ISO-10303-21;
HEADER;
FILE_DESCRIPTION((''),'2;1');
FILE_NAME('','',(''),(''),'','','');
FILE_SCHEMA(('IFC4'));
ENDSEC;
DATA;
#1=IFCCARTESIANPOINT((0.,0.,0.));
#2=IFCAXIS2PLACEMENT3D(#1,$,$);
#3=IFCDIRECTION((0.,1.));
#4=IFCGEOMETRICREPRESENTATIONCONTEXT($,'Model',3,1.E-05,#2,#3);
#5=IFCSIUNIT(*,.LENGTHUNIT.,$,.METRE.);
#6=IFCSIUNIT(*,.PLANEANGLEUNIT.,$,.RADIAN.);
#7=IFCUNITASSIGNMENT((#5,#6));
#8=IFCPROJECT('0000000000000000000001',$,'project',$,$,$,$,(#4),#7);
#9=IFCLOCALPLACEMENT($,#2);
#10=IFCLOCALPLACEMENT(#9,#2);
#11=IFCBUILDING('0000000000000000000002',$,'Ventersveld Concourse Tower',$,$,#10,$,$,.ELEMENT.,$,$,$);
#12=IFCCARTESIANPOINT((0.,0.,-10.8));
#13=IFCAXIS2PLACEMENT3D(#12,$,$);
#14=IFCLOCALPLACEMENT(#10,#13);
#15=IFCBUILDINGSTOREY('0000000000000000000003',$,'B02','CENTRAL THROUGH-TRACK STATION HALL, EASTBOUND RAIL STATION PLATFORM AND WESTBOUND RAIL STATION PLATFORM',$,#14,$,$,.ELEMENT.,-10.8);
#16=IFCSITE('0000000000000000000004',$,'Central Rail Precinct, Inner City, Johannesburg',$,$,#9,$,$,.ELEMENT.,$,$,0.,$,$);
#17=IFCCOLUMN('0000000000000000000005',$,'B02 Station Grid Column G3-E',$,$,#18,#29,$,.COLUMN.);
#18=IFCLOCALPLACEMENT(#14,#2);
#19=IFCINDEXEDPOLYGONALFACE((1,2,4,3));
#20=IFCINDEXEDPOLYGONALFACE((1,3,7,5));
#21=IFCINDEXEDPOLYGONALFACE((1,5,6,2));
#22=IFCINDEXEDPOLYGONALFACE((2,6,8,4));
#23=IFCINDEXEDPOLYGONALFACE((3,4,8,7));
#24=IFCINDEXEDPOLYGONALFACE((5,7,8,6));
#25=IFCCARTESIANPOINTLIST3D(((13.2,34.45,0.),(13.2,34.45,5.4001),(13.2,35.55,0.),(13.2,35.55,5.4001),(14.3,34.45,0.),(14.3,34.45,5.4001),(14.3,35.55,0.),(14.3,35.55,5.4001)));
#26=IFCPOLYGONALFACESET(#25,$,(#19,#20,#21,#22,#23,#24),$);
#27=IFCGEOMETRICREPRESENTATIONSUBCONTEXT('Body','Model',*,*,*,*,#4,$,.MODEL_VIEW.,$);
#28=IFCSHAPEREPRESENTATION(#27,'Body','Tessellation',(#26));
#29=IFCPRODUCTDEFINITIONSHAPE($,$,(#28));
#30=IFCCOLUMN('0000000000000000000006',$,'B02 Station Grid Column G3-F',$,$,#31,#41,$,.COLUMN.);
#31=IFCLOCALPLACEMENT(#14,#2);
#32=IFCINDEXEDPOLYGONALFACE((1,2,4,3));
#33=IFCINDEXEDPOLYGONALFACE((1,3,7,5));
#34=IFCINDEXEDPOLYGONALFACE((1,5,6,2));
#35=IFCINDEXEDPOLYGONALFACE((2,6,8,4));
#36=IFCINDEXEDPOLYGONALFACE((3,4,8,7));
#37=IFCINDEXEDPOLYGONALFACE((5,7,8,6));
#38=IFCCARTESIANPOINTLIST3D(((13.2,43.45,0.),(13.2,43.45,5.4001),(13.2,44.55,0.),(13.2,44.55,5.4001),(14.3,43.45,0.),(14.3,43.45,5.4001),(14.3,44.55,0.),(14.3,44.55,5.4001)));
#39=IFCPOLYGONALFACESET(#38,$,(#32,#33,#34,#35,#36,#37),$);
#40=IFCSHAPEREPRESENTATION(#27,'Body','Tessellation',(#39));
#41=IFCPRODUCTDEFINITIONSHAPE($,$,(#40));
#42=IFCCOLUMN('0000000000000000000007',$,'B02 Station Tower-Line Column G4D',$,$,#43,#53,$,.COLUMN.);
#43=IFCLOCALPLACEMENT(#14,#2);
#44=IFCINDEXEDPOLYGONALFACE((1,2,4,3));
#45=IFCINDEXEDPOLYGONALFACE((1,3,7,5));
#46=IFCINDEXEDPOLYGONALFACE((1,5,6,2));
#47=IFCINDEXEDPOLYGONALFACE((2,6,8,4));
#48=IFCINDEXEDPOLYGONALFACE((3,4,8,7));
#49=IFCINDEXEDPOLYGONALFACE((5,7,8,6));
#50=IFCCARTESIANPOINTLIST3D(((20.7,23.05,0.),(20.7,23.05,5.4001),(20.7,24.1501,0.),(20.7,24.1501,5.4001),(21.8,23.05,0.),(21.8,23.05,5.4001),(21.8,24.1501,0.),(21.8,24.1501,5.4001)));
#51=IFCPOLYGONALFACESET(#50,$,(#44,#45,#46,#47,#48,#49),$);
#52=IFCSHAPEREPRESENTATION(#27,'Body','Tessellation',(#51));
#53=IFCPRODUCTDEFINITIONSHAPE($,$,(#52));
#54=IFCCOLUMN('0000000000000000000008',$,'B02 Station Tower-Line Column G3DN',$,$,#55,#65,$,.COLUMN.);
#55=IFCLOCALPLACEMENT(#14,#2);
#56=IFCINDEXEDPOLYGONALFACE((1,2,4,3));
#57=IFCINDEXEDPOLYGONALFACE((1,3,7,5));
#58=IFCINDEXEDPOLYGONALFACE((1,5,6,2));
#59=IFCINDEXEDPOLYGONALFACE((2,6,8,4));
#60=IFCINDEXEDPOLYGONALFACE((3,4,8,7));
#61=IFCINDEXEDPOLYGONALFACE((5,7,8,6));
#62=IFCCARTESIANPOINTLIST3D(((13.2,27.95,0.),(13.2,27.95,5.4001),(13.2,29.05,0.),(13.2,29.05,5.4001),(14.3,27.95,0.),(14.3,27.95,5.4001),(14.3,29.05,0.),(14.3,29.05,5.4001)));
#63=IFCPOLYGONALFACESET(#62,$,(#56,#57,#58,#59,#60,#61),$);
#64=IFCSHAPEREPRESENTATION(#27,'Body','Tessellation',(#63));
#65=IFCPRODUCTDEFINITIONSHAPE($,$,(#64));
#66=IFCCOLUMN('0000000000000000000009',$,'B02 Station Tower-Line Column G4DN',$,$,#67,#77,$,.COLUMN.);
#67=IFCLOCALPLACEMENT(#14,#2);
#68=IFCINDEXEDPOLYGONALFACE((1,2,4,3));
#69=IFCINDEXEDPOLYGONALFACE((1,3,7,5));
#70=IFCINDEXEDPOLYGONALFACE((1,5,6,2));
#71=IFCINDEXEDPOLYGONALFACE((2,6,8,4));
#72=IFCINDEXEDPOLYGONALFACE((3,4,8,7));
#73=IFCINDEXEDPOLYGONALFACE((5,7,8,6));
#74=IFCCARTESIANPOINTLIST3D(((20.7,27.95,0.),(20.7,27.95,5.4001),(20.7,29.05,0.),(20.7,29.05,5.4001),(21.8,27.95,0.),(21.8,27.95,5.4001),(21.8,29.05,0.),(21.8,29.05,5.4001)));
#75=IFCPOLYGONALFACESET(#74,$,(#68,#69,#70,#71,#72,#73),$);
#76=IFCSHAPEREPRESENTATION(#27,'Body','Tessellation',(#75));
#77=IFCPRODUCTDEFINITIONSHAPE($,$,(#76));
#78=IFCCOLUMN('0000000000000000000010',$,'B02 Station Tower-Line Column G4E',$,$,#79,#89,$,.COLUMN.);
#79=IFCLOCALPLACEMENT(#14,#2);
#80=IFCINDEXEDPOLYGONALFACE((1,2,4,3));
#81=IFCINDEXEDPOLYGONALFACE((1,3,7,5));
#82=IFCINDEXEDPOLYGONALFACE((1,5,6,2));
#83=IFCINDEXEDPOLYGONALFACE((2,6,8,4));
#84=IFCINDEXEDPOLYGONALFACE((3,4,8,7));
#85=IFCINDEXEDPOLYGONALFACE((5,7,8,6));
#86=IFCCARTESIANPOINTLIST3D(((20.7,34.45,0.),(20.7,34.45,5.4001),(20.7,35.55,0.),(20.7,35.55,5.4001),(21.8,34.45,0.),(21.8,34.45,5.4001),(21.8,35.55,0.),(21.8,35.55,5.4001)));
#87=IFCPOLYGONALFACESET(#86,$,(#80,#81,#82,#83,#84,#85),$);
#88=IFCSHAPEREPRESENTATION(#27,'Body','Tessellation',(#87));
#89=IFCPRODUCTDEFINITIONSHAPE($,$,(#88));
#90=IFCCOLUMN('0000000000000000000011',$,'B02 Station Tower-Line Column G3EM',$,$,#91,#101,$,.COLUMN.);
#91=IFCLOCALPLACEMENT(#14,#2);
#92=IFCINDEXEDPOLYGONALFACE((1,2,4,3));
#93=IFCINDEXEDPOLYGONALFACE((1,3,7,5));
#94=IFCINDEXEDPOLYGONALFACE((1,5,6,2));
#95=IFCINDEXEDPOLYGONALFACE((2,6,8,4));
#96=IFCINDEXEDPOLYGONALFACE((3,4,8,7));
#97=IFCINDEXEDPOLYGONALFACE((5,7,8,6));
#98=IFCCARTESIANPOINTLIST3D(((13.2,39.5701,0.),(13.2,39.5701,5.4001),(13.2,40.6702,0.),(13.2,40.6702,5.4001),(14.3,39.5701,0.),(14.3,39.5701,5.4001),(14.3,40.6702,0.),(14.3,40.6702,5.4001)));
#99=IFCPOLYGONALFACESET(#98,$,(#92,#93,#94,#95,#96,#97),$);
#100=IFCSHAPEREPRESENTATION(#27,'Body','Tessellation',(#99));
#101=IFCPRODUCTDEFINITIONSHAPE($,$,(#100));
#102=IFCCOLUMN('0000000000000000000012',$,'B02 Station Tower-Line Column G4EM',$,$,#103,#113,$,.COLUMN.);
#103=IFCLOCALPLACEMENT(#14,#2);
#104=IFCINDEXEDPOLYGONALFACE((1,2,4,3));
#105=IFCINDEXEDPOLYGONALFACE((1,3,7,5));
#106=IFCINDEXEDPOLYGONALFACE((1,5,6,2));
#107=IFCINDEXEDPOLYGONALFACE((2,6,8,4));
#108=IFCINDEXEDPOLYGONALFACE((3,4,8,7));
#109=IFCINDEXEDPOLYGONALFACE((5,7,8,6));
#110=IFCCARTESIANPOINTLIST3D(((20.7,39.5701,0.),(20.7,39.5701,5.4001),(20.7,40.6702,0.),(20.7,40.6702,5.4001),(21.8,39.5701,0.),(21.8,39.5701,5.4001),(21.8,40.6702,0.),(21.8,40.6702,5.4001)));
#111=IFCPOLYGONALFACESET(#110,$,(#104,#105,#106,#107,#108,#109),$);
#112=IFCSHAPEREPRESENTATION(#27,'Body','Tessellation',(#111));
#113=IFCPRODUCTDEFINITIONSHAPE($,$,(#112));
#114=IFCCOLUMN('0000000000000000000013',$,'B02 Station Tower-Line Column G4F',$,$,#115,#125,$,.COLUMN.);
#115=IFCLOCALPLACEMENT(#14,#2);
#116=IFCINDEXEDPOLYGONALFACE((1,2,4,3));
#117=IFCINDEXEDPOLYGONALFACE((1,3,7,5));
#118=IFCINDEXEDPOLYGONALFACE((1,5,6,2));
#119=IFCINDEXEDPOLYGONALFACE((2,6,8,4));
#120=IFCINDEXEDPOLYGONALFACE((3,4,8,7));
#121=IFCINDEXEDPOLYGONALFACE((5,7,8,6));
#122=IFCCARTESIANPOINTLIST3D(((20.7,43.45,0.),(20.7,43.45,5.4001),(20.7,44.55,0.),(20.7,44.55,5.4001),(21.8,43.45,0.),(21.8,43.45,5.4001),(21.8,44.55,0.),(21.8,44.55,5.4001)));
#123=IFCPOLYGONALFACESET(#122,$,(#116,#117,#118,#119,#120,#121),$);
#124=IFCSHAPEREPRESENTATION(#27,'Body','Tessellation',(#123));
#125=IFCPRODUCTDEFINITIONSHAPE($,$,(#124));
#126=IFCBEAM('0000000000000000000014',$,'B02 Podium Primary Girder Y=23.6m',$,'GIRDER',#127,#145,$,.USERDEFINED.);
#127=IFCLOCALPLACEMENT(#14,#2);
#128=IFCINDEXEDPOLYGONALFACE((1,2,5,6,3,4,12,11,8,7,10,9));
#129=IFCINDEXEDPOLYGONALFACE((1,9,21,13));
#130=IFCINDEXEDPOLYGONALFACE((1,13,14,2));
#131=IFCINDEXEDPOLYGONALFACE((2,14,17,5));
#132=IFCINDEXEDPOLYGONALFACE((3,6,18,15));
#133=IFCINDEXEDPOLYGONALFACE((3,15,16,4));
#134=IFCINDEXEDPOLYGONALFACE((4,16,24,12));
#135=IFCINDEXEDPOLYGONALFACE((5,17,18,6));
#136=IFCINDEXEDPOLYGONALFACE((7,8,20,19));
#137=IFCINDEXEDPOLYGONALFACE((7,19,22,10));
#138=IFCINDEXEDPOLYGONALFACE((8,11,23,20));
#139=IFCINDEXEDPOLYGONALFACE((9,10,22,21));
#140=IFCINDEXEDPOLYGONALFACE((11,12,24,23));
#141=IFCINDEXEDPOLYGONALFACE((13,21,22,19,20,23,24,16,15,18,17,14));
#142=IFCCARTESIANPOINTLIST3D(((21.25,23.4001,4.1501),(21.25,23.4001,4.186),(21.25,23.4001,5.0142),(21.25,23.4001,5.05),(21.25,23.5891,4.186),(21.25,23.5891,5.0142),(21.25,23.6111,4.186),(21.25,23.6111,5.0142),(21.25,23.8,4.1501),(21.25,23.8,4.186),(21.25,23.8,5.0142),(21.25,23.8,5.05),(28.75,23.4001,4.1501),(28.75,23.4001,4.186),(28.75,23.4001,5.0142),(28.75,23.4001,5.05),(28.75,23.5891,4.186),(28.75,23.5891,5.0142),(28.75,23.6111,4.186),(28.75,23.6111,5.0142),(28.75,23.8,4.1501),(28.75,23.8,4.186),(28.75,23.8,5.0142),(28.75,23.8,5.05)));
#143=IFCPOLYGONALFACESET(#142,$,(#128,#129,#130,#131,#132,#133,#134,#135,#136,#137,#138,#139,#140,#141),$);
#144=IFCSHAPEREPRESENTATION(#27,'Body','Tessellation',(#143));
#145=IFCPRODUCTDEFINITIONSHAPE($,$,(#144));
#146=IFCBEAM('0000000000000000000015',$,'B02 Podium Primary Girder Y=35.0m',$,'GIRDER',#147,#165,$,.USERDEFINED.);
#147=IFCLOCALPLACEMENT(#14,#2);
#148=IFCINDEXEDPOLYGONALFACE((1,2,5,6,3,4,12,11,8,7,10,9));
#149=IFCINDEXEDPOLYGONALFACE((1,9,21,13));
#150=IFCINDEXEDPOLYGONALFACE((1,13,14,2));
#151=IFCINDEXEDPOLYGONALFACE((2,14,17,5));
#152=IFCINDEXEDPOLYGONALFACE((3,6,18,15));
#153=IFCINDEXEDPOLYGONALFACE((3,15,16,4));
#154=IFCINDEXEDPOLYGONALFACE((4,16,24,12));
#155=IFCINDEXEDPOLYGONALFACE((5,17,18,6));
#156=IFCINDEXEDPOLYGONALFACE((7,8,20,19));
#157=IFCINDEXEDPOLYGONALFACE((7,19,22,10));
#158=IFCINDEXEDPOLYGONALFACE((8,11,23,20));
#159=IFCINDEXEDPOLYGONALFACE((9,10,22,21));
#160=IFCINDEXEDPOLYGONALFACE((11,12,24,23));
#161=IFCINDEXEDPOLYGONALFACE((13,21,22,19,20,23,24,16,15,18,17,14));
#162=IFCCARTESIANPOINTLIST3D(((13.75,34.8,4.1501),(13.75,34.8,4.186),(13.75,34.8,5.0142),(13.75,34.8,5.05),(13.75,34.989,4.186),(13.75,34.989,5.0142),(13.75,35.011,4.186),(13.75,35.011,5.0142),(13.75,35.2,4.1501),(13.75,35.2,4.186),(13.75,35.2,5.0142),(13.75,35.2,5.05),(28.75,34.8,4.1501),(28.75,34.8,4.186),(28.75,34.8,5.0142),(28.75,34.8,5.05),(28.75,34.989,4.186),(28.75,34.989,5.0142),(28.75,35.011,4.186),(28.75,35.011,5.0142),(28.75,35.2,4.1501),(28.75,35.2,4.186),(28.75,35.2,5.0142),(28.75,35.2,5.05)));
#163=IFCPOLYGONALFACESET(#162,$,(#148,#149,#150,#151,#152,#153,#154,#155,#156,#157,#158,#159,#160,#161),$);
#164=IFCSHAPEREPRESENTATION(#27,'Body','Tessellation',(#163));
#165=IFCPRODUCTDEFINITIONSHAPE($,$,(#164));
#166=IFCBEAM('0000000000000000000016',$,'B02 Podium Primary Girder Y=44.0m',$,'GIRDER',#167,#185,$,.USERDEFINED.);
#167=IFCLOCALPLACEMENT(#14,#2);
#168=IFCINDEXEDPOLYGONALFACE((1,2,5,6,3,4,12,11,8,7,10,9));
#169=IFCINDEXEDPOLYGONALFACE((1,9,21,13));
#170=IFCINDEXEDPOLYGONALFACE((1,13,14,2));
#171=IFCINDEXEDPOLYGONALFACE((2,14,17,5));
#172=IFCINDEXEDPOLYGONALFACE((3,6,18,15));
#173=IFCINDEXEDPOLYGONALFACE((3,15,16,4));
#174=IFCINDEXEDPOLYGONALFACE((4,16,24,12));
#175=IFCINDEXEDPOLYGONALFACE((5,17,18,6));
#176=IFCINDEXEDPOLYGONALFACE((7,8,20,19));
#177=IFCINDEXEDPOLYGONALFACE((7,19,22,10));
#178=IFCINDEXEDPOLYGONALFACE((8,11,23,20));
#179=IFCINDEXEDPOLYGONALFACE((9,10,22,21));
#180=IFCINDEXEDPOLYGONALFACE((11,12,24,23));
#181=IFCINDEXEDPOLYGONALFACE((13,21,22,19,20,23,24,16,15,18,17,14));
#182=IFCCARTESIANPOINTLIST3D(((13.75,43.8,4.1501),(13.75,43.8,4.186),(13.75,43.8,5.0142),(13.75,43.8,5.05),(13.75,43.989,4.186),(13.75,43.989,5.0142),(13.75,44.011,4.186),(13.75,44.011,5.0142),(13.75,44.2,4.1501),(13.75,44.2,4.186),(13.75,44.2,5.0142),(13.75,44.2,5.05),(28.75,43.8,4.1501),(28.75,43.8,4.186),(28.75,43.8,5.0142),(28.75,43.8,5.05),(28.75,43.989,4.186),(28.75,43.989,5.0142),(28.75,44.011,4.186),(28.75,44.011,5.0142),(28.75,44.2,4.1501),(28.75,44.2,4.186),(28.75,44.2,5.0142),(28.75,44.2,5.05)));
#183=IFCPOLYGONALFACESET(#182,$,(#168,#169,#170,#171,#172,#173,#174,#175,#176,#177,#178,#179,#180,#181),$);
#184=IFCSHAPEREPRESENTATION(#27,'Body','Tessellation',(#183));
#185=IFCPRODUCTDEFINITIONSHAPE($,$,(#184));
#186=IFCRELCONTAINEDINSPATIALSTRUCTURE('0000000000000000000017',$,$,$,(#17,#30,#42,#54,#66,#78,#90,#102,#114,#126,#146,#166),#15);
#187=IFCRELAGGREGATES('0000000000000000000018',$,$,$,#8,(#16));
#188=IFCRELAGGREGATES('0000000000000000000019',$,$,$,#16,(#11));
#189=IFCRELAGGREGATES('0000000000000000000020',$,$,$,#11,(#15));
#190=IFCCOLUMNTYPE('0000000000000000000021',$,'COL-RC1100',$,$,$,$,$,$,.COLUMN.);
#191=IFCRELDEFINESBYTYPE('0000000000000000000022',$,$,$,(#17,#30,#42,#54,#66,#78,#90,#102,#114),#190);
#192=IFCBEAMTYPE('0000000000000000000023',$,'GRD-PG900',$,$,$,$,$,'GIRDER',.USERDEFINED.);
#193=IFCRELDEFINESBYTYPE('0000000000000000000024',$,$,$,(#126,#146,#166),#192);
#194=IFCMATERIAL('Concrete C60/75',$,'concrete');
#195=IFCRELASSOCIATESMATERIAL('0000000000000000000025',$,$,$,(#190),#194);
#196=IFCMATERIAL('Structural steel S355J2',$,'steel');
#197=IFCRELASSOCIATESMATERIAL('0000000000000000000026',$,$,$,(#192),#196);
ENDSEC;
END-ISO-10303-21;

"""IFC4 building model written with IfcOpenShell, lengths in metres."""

from ifc_helpers import new_model, si_unit, direction, frame, origin, origin_2d, place, context, subcontext, project, spatial, rectangle, i_section, extrude, material, material_profile, profile_set, type_object, element, save


model = new_model("IFC4")

# Units and contexts
model_context = context("Model", 3, precision=1e-05, world=origin(), true_north=direction((0.0, 1.0)))
body_context = subcontext(model_context, "Body", "Model", "MODEL_VIEW")
ifc_project = project(units=[si_unit("LENGTHUNIT", "METRE"), si_unit("PLANEANGLEUNIT", "RADIAN")], contexts=[model_context])

# Site, building, storey
site_placement = place(None, origin())
site = spatial("IfcSite", under=ifc_project, at=site_placement, Name="Central Rail Precinct, Inner City, Johannesburg", CompositionType="ELEMENT", RefElevation=0.0)
building_placement = place(site_placement, origin())
building = spatial("IfcBuilding", under=site, at=building_placement, Name="Ventersveld Concourse Tower", CompositionType="ELEMENT")
storey_placement = place(building_placement, frame((0.0, 0.0, -10.8)))
storey = spatial("IfcBuildingStorey", under=building, at=storey_placement, Name="B02", Description="CENTRAL THROUGH-TRACK STATION HALL, EASTBOUND RAIL STATION PLATFORM AND WESTBOUND RAIL STATION PLATFORM", CompositionType="ELEMENT", Elevation=-10.8)

# Columns
ifc_material_1 = material(Name="Concrete C60/75", Category="concrete")
ifc_material_profile_1 = material_profile(ifc_material_1, rectangle(XDim=1.1001, YDim=1.1001, at=origin_2d()), Name="RC 1100x1100")
ifc_profile_set_1 = profile_set([ifc_material_profile_1], Name="Concrete C60/75")
column_type_1 = type_object("IfcColumnType", Name="COL-RC1100", PredefinedType="COLUMN", material=ifc_profile_set_1)
for number, where, z_axis, x_axis, name in (
    (1, (13.75, 35.0, 0.0), (0.0, 0.0, 1.0), (1.0, 0.0, 0.0), "B02 Station Grid Column G3-E"),
    (2, (13.75, 44.0, 0.0), (0.0, 0.0, 1.0), (1.0, 0.0, 0.0), "B02 Station Grid Column G3-F"),
    (3, (21.25, 23.6001, 0.0), (0.0, 0.0, 1.0), (1.0, 0.0, 0.0), "B02 Station Tower-Line Column G4D"),
    (4, (13.75, 28.5, 0.0), (0.0, 0.0, 1.0), (1.0, 0.0, 0.0), "B02 Station Tower-Line Column G3DN"),
    (5, (21.25, 28.5, 0.0), (0.0, 0.0, 1.0), (1.0, 0.0, 0.0), "B02 Station Tower-Line Column G4DN"),
    (6, (21.25, 35.0, 0.0), (0.0, 0.0, 1.0), (1.0, 0.0, 0.0), "B02 Station Tower-Line Column G4E"),
    (7, (13.75, 40.1201, 0.0), (0.0, 0.0, 1.0), (1.0, 0.0, 0.0), "B02 Station Tower-Line Column G3EM"),
    (8, (21.25, 40.1201, 0.0), (0.0, 0.0, 1.0), (1.0, 0.0, 0.0), "B02 Station Tower-Line Column G4EM"),
    (9, (21.25, 44.0, 0.0), (0.0, 0.0, 1.0), (1.0, 0.0, 0.0), "B02 Station Tower-Line Column G4F"),
):
    element("IfcColumn", number, at=place(storey_placement, frame(where, z_axis=z_axis, x_axis=x_axis)), inside=storey, type_object=column_type_1, Name=name, PredefinedType="COLUMN", context=body_context, shape_type="SweptSolid", body=[
        extrude(rectangle(XDim=1.1001, YDim=1.1001, at=origin_2d()), origin(), (0.0, 0.0, 1.0), 5.4001),
    ])

# Beams
ifc_material_2 = material(Name="Structural steel S355J2", Category="steel")
ifc_material_profile_2 = material_profile(ifc_material_2, i_section(OverallWidth=0.3999, OverallDepth=0.8999, WebThickness=0.022, FlangeThickness=0.0359, at=origin_2d()), Name="PG 900x400x36")
ifc_profile_set_2 = profile_set([ifc_material_profile_2], Name="Structural steel S355J2")
beam_type_1 = type_object("IfcBeamType", Name="GRD-PG900", ElementType="GIRDER", PredefinedType="USERDEFINED", material=ifc_profile_set_2)
beam_1_placement = place(storey_placement, frame((21.25, 23.6001, 4.6001), z_axis=(1.0, 0.0, 0.0), x_axis=(0.0, 1.0, 0.0)))
element("IfcBeam", 10, at=beam_1_placement, inside=storey, type_object=beam_type_1, Name="B02 Podium Primary Girder Y=23.6m", ObjectType="GIRDER", PredefinedType="USERDEFINED", context=body_context, shape_type="SweptSolid", body=[
    extrude(i_section(OverallWidth=0.3999, OverallDepth=0.8999, WebThickness=0.022, FlangeThickness=0.0359, at=origin_2d()), origin(), (0.0, 0.0, 1.0), 7.5),
])
for number, where, z_axis, x_axis, name in (
    (11, (13.75, 35.0, 4.6001), (1.0, 0.0, 0.0), (0.0, 1.0, 0.0), "B02 Podium Primary Girder Y=35.0m"),
    (12, (13.75, 44.0, 4.6001), (1.0, 0.0, 0.0), (0.0, 1.0, 0.0), "B02 Podium Primary Girder Y=44.0m"),
):
    element("IfcBeam", number, at=place(storey_placement, frame(where, z_axis=z_axis, x_axis=x_axis)), inside=storey, type_object=beam_type_1, Name=name, ObjectType="GIRDER", PredefinedType="USERDEFINED", context=body_context, shape_type="SweptSolid", body=[
        extrude(i_section(OverallWidth=0.3999, OverallDepth=0.8999, WebThickness=0.022, FlangeThickness=0.0359, at=origin_2d()), origin(), (0.0, 0.0, 1.0), 15.0),
    ])

save(model, "model.ifc")
